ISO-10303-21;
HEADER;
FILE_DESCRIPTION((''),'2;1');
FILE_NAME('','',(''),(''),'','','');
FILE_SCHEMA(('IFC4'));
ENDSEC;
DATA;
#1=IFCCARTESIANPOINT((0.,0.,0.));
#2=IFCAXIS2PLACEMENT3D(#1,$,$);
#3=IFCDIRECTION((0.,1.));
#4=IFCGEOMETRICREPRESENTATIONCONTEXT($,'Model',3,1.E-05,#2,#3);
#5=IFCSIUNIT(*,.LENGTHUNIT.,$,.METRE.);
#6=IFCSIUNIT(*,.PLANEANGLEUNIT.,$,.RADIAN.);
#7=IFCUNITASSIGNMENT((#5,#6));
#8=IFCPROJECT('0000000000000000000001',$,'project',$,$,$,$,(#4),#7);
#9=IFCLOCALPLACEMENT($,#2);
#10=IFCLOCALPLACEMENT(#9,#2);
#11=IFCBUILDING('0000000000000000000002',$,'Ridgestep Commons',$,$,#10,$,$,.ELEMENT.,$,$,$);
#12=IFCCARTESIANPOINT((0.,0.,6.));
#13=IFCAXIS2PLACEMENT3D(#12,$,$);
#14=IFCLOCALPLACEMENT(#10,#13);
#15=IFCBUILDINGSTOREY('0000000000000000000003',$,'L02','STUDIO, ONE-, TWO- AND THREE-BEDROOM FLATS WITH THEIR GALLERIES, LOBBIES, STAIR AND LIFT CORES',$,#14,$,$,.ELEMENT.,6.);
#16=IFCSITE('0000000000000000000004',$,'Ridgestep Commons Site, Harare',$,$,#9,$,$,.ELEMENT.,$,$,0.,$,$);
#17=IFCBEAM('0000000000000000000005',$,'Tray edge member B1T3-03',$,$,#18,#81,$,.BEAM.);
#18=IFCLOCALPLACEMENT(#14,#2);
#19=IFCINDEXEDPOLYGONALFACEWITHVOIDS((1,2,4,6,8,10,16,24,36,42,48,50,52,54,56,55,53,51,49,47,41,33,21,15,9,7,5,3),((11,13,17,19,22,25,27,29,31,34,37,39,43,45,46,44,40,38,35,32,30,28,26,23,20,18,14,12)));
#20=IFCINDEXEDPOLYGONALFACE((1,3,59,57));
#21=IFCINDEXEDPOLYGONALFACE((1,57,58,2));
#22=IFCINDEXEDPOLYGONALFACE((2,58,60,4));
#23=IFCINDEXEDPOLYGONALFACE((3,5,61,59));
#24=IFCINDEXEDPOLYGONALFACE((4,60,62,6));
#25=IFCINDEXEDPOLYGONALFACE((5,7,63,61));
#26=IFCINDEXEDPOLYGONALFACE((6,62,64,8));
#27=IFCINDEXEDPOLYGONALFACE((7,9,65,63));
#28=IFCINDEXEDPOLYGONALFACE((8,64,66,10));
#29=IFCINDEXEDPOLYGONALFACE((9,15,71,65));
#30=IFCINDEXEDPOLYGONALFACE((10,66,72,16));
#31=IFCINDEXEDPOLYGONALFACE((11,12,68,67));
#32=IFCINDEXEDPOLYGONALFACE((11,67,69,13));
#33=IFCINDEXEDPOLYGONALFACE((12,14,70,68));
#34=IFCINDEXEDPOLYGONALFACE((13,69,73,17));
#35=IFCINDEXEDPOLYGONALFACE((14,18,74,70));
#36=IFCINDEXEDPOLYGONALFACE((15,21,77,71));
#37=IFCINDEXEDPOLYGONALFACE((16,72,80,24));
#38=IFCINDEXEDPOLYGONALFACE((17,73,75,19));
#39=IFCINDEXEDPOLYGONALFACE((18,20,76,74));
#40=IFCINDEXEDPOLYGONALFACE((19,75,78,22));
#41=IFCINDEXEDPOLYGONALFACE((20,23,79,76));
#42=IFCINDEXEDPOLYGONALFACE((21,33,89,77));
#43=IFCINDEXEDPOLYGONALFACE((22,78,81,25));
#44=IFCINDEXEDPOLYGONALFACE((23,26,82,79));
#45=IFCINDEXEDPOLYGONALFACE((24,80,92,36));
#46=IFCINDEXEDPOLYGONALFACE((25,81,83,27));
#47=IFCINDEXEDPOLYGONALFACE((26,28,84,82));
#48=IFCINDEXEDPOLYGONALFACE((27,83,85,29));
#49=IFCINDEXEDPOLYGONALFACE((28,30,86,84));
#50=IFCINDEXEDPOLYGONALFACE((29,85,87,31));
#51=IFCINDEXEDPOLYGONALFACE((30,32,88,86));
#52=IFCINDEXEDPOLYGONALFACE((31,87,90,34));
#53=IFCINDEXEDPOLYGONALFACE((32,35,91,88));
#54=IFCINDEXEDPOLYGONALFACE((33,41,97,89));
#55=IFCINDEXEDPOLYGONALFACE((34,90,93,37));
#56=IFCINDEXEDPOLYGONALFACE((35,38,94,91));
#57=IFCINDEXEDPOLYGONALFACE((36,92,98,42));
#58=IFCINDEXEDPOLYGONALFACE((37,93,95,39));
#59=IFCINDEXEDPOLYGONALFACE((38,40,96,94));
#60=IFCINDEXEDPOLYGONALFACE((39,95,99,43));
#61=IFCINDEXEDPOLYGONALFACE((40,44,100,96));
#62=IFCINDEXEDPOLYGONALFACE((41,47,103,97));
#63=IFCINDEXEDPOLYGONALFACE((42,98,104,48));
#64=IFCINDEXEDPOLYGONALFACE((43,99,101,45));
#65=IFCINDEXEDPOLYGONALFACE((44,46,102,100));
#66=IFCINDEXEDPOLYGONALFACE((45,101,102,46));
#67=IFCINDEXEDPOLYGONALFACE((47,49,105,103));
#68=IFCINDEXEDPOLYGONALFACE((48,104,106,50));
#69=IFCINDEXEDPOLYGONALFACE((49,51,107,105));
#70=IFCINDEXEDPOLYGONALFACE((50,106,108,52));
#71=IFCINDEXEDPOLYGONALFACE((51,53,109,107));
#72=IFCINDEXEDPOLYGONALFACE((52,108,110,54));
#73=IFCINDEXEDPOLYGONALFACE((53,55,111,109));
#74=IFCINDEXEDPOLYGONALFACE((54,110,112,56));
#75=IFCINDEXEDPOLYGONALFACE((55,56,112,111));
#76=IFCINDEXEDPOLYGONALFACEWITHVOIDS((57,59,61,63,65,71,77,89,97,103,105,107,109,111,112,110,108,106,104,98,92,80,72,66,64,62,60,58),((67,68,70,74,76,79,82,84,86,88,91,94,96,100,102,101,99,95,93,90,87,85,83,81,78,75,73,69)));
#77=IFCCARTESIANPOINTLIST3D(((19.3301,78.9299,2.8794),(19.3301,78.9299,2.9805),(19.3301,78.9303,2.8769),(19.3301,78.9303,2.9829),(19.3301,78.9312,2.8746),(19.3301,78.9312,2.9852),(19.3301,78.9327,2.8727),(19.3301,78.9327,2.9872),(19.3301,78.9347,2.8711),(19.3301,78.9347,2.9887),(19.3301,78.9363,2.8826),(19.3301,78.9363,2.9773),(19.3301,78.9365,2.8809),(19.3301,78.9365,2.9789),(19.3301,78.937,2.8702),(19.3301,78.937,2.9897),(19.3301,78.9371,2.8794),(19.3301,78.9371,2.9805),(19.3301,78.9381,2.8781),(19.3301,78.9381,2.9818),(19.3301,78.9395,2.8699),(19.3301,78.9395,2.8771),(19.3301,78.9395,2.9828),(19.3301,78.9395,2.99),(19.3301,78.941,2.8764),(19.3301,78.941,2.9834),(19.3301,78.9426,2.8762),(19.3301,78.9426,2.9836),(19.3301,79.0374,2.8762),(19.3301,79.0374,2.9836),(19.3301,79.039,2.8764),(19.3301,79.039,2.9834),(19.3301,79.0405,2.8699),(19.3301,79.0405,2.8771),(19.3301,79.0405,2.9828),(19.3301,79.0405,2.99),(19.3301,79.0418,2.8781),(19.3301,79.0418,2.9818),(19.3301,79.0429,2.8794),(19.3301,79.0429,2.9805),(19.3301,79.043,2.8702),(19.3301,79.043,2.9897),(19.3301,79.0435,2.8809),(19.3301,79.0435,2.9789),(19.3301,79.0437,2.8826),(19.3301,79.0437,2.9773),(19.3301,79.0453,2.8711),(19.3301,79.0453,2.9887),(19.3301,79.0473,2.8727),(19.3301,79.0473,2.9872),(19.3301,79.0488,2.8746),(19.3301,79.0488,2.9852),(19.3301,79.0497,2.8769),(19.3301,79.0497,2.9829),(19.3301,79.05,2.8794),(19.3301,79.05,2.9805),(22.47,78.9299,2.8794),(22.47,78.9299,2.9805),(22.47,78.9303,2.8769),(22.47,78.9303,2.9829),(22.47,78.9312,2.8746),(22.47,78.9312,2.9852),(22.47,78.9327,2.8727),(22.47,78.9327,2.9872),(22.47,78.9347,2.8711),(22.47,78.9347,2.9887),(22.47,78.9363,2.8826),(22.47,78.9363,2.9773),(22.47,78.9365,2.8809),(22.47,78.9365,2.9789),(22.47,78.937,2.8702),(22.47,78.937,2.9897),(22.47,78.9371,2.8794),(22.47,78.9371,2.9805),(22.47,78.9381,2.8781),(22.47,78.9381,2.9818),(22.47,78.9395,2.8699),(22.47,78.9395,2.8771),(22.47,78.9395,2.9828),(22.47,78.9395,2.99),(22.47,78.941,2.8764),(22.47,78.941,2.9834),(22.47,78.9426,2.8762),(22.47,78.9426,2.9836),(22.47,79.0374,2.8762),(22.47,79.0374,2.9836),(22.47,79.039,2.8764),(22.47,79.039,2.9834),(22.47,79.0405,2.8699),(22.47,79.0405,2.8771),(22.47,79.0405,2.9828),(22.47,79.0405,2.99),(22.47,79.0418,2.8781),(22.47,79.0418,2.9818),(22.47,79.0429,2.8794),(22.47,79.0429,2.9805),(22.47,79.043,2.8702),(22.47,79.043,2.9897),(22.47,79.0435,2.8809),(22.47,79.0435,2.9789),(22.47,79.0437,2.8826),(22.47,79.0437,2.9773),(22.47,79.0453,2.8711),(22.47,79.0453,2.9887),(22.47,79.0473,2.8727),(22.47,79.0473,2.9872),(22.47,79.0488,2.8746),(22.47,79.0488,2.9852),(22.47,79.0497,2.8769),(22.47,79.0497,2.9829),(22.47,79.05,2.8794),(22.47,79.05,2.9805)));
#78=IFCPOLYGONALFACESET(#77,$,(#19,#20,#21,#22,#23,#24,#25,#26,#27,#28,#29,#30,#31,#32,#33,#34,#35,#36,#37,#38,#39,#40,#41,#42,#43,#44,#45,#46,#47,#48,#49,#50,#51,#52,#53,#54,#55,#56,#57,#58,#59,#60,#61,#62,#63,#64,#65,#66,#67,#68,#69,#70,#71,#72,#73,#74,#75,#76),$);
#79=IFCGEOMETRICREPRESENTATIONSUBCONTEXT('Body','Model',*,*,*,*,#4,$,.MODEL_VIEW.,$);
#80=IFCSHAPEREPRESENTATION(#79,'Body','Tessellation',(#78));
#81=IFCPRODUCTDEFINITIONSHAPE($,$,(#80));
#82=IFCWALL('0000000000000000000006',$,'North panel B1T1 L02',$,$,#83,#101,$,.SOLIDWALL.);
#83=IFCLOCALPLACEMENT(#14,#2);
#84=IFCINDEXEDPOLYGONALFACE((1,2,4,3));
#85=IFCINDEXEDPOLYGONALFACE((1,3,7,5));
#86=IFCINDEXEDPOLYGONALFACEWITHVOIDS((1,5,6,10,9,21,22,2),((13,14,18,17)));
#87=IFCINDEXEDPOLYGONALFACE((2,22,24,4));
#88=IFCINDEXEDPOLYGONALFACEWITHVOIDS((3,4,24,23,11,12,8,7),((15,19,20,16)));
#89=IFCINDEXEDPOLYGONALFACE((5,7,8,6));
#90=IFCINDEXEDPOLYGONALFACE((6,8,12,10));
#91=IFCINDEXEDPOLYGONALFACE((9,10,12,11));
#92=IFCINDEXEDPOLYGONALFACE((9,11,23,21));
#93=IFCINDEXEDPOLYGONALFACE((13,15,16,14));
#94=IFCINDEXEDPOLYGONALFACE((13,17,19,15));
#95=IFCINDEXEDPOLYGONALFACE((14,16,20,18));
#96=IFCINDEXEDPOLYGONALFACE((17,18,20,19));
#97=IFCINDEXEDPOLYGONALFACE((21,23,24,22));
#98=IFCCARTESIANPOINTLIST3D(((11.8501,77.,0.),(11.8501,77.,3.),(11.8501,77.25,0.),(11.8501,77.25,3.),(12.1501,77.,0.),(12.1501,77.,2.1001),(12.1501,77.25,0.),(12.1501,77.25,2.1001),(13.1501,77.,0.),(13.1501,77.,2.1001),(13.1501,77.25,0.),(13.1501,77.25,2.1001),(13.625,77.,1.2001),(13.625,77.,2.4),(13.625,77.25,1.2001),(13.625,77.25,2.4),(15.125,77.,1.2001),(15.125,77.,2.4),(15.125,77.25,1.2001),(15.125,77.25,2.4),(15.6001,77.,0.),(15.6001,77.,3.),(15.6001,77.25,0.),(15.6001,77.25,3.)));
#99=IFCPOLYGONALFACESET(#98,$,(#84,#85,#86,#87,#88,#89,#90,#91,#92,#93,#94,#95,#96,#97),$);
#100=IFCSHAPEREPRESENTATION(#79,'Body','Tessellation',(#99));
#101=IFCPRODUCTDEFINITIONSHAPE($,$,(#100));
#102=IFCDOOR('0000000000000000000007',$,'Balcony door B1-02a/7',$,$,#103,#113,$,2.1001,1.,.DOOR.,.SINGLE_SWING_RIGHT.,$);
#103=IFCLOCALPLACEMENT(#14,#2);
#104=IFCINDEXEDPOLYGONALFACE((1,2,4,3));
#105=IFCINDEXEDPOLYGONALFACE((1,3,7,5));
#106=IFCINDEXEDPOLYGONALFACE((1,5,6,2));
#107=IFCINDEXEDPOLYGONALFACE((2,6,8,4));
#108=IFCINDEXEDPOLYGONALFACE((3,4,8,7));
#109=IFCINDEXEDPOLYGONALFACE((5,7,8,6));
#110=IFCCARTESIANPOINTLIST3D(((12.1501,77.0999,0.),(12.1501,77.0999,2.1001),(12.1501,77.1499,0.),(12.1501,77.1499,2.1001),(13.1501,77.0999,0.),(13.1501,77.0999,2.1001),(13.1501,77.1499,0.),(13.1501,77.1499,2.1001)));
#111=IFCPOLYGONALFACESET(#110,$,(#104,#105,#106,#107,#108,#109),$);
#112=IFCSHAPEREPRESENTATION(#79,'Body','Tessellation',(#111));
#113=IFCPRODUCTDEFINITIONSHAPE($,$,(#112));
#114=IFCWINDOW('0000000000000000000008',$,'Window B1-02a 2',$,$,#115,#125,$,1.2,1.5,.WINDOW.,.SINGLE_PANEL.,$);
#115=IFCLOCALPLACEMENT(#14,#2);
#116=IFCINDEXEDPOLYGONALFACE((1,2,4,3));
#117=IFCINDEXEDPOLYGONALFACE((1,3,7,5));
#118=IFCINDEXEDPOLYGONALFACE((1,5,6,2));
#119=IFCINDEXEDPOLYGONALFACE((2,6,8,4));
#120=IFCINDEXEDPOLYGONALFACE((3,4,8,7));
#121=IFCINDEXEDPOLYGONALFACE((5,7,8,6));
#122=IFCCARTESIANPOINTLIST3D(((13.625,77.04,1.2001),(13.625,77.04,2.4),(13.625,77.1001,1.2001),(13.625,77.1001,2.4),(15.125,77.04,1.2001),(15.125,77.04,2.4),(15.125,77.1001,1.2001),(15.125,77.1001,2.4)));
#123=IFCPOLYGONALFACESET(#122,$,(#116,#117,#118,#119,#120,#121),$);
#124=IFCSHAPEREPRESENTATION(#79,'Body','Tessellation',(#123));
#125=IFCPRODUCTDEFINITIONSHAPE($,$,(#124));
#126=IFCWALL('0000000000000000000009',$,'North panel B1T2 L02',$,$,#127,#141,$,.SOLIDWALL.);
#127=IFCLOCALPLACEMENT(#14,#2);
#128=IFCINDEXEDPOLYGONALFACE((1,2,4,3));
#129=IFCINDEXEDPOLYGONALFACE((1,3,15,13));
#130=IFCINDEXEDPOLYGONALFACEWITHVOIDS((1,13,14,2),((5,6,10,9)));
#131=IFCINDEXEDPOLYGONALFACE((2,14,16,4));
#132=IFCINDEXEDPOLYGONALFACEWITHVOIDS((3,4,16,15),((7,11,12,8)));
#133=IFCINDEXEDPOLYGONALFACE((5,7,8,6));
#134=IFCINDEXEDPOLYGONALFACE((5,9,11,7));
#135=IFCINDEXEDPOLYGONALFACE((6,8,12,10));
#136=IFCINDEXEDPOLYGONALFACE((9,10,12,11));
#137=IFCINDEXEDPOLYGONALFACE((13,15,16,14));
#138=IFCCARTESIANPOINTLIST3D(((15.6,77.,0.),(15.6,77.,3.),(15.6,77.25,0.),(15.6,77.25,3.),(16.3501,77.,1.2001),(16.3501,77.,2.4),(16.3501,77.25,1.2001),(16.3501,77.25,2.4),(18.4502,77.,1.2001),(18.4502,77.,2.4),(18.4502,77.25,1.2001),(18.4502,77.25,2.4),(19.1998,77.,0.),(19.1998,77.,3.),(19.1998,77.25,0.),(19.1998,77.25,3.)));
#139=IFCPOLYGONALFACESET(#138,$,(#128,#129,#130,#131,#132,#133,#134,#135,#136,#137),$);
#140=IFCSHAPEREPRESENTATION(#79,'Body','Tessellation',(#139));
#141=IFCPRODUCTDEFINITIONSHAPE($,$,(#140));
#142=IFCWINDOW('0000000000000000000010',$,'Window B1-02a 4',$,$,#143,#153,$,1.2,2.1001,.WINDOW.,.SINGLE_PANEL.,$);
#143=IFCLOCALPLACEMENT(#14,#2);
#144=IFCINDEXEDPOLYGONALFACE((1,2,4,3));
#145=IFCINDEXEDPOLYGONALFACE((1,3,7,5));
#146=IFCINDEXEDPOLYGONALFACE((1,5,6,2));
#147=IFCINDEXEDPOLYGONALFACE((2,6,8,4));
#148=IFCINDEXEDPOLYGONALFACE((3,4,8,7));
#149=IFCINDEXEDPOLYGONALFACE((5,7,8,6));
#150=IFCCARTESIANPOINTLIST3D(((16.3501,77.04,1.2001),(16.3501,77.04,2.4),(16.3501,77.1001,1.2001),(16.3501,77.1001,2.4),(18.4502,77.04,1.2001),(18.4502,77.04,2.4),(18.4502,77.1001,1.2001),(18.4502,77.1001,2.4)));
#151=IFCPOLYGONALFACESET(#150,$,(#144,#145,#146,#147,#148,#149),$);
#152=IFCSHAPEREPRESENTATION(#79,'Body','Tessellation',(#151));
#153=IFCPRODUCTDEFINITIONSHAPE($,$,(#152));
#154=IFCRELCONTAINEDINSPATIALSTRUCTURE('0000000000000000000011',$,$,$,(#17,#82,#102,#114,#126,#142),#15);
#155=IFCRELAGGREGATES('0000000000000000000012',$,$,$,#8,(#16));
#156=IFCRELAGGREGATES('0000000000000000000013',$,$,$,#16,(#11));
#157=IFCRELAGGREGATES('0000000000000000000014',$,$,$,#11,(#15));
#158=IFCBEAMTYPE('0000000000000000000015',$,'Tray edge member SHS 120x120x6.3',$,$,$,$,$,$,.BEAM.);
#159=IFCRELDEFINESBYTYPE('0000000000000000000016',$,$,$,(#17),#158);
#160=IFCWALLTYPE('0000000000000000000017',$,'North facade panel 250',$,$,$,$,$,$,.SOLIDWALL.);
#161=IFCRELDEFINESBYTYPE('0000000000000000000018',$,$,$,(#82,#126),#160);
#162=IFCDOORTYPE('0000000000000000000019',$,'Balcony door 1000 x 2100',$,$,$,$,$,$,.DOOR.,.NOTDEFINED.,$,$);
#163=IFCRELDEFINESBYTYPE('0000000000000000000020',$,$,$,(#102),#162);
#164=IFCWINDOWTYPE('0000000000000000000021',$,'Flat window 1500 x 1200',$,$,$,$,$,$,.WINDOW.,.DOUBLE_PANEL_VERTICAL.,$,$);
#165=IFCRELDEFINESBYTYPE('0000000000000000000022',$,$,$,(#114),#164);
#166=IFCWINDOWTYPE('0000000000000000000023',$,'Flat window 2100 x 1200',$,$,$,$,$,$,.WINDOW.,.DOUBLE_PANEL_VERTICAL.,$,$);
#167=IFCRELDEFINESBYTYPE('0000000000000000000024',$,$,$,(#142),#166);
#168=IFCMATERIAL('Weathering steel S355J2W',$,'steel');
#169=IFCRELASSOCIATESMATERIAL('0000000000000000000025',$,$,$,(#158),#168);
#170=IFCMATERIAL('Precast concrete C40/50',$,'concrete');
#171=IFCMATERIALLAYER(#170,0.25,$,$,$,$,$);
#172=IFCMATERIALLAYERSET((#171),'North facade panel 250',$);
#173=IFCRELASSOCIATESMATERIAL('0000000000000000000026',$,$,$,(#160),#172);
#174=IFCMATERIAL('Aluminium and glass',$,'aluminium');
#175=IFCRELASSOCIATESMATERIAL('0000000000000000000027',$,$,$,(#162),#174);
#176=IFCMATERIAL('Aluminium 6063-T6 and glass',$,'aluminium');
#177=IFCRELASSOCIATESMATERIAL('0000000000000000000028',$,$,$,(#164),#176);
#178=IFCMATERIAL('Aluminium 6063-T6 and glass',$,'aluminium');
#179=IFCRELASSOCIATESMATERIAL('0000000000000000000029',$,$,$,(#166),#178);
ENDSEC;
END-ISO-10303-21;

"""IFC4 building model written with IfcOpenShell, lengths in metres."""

from ifc_helpers import new_model, si_unit, direction, frame, frame_2d, origin, origin_2d, place, context, subcontext, project, spatial, rectangle, hollow_rectangle, extrude, material, layer, layer_set, material_profile, profile_set, type_object, element, fill, save


model = new_model("IFC4")

# Units and contexts
model_context = context("Model", 3, precision=1e-05, world=origin(), true_north=direction((0.0, 1.0)))
body_context = subcontext(model_context, "Body", "Model", "MODEL_VIEW")
ifc_project = project(units=[si_unit("LENGTHUNIT", "METRE"), si_unit("PLANEANGLEUNIT", "RADIAN")], contexts=[model_context])

# Site, building, storey
site_placement = place(None, origin())
site = spatial("IfcSite", under=ifc_project, at=site_placement, Name="Ridgestep Commons Site, Harare", CompositionType="ELEMENT", RefElevation=0.0)
building_placement = place(site_placement, origin())
building = spatial("IfcBuilding", under=site, at=building_placement, Name="Ridgestep Commons", CompositionType="ELEMENT")
storey_placement = place(building_placement, frame((0.0, 0.0, 6.0)))
storey = spatial("IfcBuildingStorey", under=building, at=storey_placement, Name="L02", Description="STUDIO, ONE-, TWO- AND THREE-BEDROOM FLATS WITH THEIR GALLERIES, LOBBIES, STAIR AND LIFT CORES", CompositionType="ELEMENT", Elevation=6.0)

# Beam
ifc_material_1 = material(Name="Weathering steel S355J2W", Category="steel")
ifc_material_profile_1 = material_profile(ifc_material_1, hollow_rectangle(XDim=0.1201, YDim=0.1201, WallThickness=0.0063, InnerFilletRadius=0.0063, OuterFilletRadius=0.0095, at=origin_2d()), Name="SHS 120x120x6.3")
ifc_profile_set_1 = profile_set([ifc_material_profile_1], Name="Weathering steel S355J2W")
beam_type_1 = type_object("IfcBeamType", Name="Tray edge member SHS 120x120x6.3", PredefinedType="BEAM", material=ifc_profile_set_1)
beam_placement = place(storey_placement, frame((19.3301, 78.99, 2.9299), z_axis=(1.0, 0.0, 0.0), x_axis=(0.0, 0.0, 1.0)))
element("IfcBeam", 1, at=beam_placement, inside=storey, type_object=beam_type_1, Name="Tray edge member B1T3-03", PredefinedType="BEAM", context=body_context, shape_type="SweptSolid", body=[
    extrude(hollow_rectangle(XDim=0.1201, YDim=0.1201, WallThickness=0.0063, InnerFilletRadius=0.0063, OuterFilletRadius=0.0095, at=origin_2d()), origin(), (0.0, 0.0, 1.0), 3.1399),
])

# Wall, openings, door, window
ifc_material_2 = material(Name="Precast concrete C40/50", Category="concrete")
ifc_layer_1 = layer(ifc_material_2, 0.25)
ifc_layer_set_1 = layer_set([ifc_layer_1], Name="North facade panel 250")
wall_type_1 = type_object("IfcWallType", Name="North facade panel 250", PredefinedType="SOLIDWALL", material=ifc_layer_set_1)
wall_1_placement = place(storey_placement, frame((11.8501, 77.125, 0.0), z_axis=(0.0, 0.0, 1.0), x_axis=(1.0, 0.0, 0.0)))
wall_1 = element("IfcWall", 2, at=wall_1_placement, inside=storey, type_object=wall_type_1, Name="North panel B1T1 L02", PredefinedType="SOLIDWALL", context=body_context, shape_type="SweptSolid", body=[
    extrude(rectangle(XDim=3.75, YDim=0.25, at=frame_2d((1.875, 0.0))), origin(), (0.0, 0.0, 1.0), 3.0),
])
opening_1_placement = place(wall_1_placement, frame((1.7749, 0.0, 1.2)))
opening_1 = element("IfcOpeningElement", 3, at=opening_1_placement, cuts=wall_1, PredefinedType="OPENING", context=body_context, shape_type="SweptSolid", body=[
    extrude(rectangle(XDim=1.5, YDim=1.2, at=frame_2d((0.75, 0.6001))), frame((0.0, 0.135, 0.0), z_axis=(0.0, -1.0, 0.0), x_axis=(1.0, 0.0, 0.0)), (0.0, 0.0, 1.0), 0.27),
])
opening_2_placement = place(wall_1_placement, frame((0.3, 0.0, 0.0)))
opening_2 = element("IfcOpeningElement", 4, at=opening_2_placement, cuts=wall_1, PredefinedType="OPENING", context=body_context, shape_type="SweptSolid", body=[
    extrude(rectangle(XDim=1.0, YDim=2.1001, at=frame_2d((0.5, 1.05))), frame((0.0, 0.135, 0.0), z_axis=(0.0, -1.0, 0.0), x_axis=(1.0, 0.0, 0.0)), (0.0, 0.0, 1.0), 0.27),
])
ifc_material_3 = material(Name="Aluminium and glass", Category="aluminium")
door_type_1 = type_object("IfcDoorType", Name="Balcony door 1000 x 2100", OperationType="NOTDEFINED", PredefinedType="DOOR", material=ifc_material_3)
door_1_placement = place(opening_2_placement, origin())
door_1 = element("IfcDoor", 5, at=door_1_placement, inside=storey, type_object=door_type_1, Name="Balcony door B1-02a/7", OperationType="SINGLE_SWING_RIGHT", OverallHeight=2.1001, OverallWidth=1.0, PredefinedType="DOOR", context=body_context, shape_type="SweptSolid", body=[
    extrude(rectangle(XDim=1.0, YDim=2.1001, at=frame_2d((0.5, 1.05))), frame((0.0, 0.0249, 0.0), z_axis=(0.0, -1.0, 0.0), x_axis=(1.0, 0.0, 0.0)), (0.0, 0.0, 1.0), 0.05),
])
fill(opening_2, door_1)
ifc_material_4 = material(Name="Aluminium 6063-T6 and glass", Category="aluminium")
window_type_1 = type_object("IfcWindowType", Name="Flat window 1500 x 1200", PartitioningType="DOUBLE_PANEL_VERTICAL", PredefinedType="WINDOW", material=ifc_material_4)
window_1_placement = place(opening_1_placement, origin())
window_1 = element("IfcWindow", 6, at=window_1_placement, inside=storey, type_object=window_type_1, Name="Window B1-02a 2", OverallHeight=1.2, OverallWidth=1.5, PartitioningType="SINGLE_PANEL", PredefinedType="WINDOW", context=body_context, shape_type="SweptSolid", body=[
    extrude(rectangle(XDim=1.5, YDim=1.2, at=frame_2d((0.75, 0.6001))), frame((0.0, -0.0249, 0.0), z_axis=(0.0, -1.0, 0.0), x_axis=(1.0, 0.0, 0.0)), (0.0, 0.0, 1.0), 0.0601),
])
fill(opening_1, window_1)

# Wall, opening, window
wall_2_placement = place(storey_placement, frame((15.6001, 77.125, 0.0), z_axis=(0.0, 0.0, 1.0), x_axis=(1.0, 0.0, 0.0)))
wall_2 = element("IfcWall", 7, at=wall_2_placement, inside=storey, type_object=wall_type_1, Name="North panel B1T2 L02", PredefinedType="SOLIDWALL", context=body_context, shape_type="SweptSolid", body=[
    extrude(rectangle(XDim=3.5999, YDim=0.25, at=frame_2d((1.7998, 0.0))), origin(), (0.0, 0.0, 1.0), 3.0),
])
opening_3_placement = place(wall_2_placement, frame((0.75, 0.0, 1.2)))
opening_3 = element("IfcOpeningElement", 8, at=opening_3_placement, cuts=wall_2, PredefinedType="OPENING", context=body_context, shape_type="SweptSolid", body=[
    extrude(rectangle(XDim=2.1001, YDim=1.2, at=frame_2d((1.05, 0.6001))), frame((0.0, 0.135, 0.0), z_axis=(0.0, -1.0, 0.0), x_axis=(1.0, 0.0, 0.0)), (0.0, 0.0, 1.0), 0.27),
])
ifc_material_5 = material(Name="Aluminium 6063-T6 and glass", Category="aluminium")
window_type_2 = type_object("IfcWindowType", Name="Flat window 2100 x 1200", PartitioningType="DOUBLE_PANEL_VERTICAL", PredefinedType="WINDOW", material=ifc_material_5)
window_2_placement = place(opening_3_placement, origin())
window_2 = element("IfcWindow", 9, at=window_2_placement, inside=storey, type_object=window_type_2, Name="Window B1-02a 4", OverallHeight=1.2, OverallWidth=2.1001, PartitioningType="SINGLE_PANEL", PredefinedType="WINDOW", context=body_context, shape_type="SweptSolid", body=[
    extrude(rectangle(XDim=2.1001, YDim=1.2, at=frame_2d((1.05, 0.6001))), frame((0.0, -0.0249, 0.0), z_axis=(0.0, -1.0, 0.0), x_axis=(1.0, 0.0, 0.0)), (0.0, 0.0, 1.0), 0.0601),
])
fill(opening_3, window_2)

save(model, "model.ifc")
